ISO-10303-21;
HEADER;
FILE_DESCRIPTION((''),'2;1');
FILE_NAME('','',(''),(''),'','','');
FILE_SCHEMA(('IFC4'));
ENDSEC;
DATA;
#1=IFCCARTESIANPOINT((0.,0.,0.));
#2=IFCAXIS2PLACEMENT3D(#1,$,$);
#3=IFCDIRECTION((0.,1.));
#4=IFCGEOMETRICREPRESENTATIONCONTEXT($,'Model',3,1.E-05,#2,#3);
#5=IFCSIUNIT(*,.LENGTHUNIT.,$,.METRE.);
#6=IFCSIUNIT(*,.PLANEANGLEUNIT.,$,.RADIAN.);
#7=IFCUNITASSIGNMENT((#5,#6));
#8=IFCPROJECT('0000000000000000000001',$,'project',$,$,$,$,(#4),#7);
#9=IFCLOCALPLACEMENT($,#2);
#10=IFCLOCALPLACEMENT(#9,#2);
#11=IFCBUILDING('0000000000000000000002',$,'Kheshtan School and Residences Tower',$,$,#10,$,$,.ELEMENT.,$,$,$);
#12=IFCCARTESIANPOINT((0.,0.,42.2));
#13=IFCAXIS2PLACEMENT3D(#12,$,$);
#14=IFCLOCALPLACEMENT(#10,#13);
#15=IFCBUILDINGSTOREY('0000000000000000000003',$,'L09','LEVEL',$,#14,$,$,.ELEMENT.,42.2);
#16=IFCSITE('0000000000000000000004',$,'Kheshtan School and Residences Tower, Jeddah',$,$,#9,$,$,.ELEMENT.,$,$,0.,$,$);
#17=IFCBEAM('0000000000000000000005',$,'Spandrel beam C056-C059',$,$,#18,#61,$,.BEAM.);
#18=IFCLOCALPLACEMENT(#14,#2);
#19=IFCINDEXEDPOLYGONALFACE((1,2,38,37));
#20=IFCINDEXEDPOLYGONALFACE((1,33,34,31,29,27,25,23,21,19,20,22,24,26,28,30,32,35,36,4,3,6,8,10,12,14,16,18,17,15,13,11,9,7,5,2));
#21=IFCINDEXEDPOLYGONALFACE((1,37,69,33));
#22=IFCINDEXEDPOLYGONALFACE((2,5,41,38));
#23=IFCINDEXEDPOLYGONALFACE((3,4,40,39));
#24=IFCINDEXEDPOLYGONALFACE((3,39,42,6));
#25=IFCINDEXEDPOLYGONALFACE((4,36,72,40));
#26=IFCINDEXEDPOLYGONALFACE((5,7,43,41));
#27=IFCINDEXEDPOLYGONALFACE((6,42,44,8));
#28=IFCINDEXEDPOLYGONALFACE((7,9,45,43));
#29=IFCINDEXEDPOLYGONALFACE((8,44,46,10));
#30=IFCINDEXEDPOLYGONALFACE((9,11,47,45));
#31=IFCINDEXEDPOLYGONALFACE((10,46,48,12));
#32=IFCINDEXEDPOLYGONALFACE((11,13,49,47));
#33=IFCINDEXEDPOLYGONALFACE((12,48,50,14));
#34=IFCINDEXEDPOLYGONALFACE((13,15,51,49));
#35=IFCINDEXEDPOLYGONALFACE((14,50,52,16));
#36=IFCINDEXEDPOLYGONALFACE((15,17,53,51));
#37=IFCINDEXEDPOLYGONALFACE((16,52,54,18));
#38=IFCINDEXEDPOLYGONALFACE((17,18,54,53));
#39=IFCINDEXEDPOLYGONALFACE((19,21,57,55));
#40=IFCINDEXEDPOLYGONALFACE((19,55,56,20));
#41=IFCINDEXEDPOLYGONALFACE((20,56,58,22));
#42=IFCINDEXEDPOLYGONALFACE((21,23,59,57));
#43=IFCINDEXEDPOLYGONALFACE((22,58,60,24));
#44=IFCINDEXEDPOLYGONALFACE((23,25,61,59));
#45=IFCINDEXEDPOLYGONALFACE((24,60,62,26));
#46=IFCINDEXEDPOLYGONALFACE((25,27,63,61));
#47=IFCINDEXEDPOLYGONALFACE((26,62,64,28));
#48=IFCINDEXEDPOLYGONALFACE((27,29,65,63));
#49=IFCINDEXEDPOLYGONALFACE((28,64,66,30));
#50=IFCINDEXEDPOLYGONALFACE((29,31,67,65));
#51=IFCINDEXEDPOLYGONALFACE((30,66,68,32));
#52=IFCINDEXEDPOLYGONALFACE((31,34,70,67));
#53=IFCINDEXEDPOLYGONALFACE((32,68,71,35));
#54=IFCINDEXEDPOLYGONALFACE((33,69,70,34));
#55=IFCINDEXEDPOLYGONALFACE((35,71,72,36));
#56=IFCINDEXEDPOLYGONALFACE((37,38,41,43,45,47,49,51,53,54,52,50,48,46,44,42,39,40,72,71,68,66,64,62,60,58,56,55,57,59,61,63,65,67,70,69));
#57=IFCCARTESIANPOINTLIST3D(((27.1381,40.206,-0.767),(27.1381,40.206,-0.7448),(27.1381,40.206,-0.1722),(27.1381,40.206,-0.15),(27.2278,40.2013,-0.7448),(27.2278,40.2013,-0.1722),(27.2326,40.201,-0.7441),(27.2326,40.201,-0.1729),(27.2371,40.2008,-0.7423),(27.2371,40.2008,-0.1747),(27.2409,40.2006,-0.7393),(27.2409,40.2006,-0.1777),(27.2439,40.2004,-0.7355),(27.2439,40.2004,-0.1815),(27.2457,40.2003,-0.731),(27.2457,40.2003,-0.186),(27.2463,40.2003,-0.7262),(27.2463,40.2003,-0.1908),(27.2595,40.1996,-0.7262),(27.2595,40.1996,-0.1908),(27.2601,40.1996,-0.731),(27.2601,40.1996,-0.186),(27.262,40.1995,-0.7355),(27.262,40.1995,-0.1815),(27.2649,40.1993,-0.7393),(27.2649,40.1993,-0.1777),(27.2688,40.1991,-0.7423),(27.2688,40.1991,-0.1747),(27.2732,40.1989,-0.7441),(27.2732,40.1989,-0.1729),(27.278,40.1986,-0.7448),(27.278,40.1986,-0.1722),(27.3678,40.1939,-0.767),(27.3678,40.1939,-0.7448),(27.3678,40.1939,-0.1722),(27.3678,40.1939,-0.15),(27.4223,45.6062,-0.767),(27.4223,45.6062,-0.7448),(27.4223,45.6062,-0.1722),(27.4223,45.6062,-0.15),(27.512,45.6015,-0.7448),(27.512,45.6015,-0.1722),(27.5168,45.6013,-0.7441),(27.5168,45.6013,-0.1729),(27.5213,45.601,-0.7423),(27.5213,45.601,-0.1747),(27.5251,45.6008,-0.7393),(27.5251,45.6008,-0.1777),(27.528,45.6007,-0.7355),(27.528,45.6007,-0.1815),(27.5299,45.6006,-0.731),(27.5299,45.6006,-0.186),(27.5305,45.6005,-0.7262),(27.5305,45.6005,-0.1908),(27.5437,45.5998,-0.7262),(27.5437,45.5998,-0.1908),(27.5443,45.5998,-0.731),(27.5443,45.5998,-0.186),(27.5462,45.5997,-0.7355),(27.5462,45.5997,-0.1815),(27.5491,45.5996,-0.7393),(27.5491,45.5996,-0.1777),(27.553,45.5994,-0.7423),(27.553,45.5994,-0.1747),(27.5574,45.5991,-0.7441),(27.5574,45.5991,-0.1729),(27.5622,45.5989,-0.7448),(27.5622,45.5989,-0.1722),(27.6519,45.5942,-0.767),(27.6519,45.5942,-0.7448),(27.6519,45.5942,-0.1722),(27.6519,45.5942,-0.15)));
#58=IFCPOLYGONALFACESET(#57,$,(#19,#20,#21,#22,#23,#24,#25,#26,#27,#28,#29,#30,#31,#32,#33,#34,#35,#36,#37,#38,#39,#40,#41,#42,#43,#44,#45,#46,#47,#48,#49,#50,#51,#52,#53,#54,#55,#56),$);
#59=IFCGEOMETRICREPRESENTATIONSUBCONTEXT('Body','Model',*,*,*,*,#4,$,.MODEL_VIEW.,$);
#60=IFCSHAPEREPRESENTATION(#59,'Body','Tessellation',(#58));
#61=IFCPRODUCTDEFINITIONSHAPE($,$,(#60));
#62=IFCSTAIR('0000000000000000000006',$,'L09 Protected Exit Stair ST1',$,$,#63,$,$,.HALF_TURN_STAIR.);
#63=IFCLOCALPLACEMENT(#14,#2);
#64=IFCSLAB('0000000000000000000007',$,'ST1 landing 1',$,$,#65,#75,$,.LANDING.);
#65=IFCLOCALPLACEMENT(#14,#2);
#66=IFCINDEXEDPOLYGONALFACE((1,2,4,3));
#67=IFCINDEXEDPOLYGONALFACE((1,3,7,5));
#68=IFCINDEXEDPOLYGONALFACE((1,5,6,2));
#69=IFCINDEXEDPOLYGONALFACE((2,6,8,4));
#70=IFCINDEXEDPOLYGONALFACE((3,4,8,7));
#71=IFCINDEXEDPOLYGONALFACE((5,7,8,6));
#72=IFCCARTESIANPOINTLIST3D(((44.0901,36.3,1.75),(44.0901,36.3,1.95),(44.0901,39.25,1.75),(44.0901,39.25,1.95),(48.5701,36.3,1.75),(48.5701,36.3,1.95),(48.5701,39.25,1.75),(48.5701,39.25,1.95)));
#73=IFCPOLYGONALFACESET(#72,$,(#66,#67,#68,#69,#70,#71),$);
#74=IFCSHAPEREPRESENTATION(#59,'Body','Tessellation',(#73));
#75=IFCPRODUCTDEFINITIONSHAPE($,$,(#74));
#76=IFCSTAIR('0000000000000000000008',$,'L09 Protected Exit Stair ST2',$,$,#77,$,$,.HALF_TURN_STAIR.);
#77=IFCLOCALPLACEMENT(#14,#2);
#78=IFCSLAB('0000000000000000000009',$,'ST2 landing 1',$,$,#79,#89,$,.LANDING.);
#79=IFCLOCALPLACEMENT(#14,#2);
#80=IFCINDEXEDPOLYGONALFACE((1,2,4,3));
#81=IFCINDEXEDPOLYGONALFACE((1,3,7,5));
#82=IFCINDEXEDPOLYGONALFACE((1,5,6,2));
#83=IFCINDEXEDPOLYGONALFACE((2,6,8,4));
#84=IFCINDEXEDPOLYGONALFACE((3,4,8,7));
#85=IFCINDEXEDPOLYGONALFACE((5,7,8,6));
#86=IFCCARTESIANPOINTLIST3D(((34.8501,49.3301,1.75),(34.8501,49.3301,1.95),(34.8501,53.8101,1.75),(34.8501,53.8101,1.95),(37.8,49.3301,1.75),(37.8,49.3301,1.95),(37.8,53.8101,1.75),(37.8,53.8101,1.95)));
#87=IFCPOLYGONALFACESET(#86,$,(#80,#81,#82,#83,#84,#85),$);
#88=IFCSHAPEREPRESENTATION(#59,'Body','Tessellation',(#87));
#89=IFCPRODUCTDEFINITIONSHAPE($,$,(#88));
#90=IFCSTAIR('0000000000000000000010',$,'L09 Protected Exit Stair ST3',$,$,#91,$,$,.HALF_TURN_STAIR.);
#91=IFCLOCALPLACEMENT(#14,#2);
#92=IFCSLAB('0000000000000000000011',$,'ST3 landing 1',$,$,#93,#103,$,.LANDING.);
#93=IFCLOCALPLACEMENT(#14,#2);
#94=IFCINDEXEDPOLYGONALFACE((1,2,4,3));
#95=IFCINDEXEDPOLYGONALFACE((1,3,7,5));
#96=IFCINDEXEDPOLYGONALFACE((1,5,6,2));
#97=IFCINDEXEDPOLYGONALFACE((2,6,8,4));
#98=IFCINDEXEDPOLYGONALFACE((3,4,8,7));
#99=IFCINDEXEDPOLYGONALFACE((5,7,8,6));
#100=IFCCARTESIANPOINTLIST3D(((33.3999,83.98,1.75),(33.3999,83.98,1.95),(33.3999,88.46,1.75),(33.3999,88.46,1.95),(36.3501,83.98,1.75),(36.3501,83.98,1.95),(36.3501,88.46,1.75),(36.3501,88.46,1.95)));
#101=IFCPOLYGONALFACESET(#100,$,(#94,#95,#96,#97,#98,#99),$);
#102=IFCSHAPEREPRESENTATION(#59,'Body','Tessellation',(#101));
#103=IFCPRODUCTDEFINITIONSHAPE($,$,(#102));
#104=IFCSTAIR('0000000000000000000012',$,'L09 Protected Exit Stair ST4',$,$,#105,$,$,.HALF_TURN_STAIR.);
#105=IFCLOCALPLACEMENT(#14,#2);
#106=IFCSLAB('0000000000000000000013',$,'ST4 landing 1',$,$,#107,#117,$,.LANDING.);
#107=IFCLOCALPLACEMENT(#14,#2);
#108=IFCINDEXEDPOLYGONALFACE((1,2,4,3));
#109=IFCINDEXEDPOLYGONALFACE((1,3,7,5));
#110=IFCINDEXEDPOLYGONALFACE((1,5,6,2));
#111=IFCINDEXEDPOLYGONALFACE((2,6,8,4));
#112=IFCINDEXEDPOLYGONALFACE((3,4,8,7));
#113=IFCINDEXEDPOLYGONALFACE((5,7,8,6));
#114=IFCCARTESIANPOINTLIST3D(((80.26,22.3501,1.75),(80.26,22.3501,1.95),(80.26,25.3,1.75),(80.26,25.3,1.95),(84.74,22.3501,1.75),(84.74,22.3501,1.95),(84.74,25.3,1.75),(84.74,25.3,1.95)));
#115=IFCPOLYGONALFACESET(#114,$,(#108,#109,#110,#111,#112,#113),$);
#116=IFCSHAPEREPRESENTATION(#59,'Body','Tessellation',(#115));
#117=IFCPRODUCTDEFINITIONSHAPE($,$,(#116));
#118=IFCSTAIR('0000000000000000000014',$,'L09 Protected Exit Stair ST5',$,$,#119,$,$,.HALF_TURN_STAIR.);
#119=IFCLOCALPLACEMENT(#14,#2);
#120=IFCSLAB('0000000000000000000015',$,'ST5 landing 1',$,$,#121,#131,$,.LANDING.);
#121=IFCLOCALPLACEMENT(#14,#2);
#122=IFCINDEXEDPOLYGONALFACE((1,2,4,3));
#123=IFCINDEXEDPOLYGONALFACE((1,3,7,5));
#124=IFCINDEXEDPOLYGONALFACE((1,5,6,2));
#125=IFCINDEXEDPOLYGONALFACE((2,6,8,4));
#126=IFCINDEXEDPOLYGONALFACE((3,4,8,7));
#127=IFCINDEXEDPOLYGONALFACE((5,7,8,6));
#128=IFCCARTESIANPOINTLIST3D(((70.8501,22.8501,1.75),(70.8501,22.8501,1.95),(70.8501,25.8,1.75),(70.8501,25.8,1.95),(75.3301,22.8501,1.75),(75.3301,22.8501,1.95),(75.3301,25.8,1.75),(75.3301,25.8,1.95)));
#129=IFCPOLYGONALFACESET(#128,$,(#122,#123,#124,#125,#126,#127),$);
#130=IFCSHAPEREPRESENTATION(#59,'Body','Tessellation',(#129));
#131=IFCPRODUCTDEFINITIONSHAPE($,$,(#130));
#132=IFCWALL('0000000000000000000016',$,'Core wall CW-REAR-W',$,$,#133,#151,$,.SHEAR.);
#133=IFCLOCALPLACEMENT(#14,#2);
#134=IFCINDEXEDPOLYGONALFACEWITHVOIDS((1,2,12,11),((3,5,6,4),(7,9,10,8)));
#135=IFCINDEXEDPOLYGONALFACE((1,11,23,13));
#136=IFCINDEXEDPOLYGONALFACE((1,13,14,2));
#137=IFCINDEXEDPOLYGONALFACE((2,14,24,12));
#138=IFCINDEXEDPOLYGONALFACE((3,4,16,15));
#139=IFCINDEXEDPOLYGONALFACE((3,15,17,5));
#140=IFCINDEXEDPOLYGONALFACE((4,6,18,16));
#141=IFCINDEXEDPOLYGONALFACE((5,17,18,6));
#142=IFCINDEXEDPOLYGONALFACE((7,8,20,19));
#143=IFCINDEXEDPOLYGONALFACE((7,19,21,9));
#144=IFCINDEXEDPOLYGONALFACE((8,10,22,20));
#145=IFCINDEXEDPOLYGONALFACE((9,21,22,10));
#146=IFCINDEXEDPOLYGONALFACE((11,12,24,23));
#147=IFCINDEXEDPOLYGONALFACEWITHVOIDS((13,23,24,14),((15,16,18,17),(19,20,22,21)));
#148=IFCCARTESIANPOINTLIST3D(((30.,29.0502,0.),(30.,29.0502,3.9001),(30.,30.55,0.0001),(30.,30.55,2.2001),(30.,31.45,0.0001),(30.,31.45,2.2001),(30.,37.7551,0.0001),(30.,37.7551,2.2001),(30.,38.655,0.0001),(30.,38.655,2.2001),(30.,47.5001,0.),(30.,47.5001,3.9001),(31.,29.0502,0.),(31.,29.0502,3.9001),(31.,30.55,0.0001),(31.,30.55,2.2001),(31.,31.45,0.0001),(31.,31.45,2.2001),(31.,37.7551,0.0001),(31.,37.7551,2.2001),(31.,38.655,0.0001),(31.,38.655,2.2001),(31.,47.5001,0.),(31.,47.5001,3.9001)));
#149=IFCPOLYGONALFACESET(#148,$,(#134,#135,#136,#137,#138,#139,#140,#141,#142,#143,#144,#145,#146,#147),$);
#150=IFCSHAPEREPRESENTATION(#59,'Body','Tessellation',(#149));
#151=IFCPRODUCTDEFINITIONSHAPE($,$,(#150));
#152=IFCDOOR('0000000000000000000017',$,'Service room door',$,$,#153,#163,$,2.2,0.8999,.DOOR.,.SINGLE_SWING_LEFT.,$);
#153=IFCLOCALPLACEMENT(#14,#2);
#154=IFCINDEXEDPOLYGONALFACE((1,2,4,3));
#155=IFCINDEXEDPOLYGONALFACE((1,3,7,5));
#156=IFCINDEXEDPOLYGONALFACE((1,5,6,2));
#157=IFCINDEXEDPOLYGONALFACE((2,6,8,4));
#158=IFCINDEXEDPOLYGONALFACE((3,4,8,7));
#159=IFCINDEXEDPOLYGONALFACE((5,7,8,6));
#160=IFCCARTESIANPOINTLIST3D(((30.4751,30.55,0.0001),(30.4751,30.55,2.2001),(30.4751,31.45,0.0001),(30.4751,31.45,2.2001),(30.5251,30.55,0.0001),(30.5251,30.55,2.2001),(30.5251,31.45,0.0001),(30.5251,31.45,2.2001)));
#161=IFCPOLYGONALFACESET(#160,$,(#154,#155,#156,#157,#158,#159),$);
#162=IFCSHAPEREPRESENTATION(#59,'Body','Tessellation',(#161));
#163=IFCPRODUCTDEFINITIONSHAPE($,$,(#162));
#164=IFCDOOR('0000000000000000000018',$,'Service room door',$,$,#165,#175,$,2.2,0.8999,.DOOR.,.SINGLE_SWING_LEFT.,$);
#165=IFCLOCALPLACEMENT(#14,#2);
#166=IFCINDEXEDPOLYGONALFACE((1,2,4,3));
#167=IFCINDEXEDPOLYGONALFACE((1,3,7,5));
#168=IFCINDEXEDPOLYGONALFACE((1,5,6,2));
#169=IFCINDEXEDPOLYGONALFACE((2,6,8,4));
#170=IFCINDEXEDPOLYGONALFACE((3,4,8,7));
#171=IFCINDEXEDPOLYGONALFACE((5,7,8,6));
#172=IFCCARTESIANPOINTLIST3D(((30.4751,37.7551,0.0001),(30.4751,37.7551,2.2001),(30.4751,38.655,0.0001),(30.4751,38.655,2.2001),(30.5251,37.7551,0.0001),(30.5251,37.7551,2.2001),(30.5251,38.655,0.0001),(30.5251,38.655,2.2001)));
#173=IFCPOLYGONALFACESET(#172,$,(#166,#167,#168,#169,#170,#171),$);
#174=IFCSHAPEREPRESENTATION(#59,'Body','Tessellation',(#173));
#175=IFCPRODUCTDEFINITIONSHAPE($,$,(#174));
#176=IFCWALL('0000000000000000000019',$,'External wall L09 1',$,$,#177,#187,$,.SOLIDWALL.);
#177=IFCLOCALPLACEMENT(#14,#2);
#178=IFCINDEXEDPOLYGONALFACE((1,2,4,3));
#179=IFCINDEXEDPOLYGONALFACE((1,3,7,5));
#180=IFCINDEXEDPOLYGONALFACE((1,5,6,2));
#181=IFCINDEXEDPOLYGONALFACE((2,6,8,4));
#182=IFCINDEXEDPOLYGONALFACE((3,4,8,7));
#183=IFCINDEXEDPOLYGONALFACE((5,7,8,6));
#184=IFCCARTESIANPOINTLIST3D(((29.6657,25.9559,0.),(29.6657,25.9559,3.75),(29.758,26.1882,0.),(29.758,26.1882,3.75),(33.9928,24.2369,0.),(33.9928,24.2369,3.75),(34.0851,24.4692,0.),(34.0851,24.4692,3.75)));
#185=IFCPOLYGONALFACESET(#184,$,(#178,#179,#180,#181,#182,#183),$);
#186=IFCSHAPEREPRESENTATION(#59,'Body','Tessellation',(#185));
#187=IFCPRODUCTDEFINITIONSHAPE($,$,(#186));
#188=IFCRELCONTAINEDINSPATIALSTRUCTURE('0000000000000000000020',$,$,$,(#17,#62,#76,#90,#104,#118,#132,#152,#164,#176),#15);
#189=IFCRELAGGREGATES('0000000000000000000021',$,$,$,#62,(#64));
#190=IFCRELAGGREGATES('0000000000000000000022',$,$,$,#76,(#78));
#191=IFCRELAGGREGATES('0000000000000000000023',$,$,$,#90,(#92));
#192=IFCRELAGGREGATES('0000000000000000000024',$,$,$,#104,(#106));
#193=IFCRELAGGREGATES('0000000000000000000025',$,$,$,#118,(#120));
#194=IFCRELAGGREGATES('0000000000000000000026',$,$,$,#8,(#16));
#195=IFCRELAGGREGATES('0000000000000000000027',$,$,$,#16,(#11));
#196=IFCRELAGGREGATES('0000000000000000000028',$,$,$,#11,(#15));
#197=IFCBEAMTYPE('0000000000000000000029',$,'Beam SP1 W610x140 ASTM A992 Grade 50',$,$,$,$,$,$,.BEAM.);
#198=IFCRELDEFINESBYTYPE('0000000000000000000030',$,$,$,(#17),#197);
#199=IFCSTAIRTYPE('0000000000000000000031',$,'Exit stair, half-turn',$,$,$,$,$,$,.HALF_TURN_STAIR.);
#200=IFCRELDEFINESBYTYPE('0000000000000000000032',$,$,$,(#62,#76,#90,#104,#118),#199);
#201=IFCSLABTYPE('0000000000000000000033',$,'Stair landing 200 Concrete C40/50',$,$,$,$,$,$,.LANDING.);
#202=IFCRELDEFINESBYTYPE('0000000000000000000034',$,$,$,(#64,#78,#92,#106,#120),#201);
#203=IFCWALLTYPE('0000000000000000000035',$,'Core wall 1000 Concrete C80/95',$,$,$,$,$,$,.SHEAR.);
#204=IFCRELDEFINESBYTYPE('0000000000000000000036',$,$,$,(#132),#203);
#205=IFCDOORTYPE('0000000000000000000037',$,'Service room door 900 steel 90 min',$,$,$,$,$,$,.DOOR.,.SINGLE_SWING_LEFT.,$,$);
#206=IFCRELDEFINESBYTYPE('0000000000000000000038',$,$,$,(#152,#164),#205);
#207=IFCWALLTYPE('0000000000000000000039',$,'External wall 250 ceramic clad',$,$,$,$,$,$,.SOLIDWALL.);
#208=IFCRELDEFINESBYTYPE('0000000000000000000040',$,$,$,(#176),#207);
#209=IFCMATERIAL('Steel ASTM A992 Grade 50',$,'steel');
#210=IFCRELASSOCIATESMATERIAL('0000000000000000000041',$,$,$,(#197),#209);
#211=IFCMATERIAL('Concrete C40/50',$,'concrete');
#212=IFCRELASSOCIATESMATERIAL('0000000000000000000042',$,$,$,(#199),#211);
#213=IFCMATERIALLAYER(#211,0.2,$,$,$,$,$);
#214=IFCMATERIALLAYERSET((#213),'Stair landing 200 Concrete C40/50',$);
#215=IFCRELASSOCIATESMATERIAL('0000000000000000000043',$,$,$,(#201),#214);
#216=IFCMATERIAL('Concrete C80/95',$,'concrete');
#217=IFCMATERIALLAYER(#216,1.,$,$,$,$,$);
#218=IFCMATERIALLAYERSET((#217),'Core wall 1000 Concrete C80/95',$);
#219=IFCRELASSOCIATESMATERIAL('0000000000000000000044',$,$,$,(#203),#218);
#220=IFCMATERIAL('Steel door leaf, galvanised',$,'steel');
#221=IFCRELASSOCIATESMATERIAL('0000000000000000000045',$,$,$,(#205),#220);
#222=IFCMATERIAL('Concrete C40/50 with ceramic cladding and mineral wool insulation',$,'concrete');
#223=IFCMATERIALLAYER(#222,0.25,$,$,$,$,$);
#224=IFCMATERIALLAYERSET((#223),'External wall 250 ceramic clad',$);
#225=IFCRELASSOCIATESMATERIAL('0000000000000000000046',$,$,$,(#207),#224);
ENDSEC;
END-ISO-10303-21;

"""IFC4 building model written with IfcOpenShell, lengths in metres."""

from ifc_helpers import new_model, si_unit, direction, frame, frame_2d, origin, origin_2d, place, context, subcontext, project, spatial, polyline, rectangle, i_section, outline, extrude, source, transform, mapped, material, layer, layer_set, material_profile, profile_set, type_object, element, fill, aggregate, save


model = new_model("IFC4")

# Units and contexts
model_context = context("Model", 3, precision=1e-05, world=origin(), true_north=direction((0.0, 1.0)))
body_context = subcontext(model_context, "Body", "Model", "MODEL_VIEW")
ifc_project = project(units=[si_unit("LENGTHUNIT", "METRE"), si_unit("PLANEANGLEUNIT", "RADIAN")], contexts=[model_context])

# Site, building, storey
site_placement = place(None, origin())
site = spatial("IfcSite", under=ifc_project, at=site_placement, Name="Kheshtan School and Residences Tower, Jeddah", CompositionType="ELEMENT", RefElevation=0.0)
building_placement = place(site_placement, origin())
building = spatial("IfcBuilding", under=site, at=building_placement, Name="Kheshtan School and Residences Tower", CompositionType="ELEMENT")
storey_placement = place(building_placement, frame((0.0, 0.0, 42.2)))
storey = spatial("IfcBuildingStorey", under=building, at=storey_placement, Name="L09", Description="LEVEL", CompositionType="ELEMENT", Elevation=42.2)

# Shared definitions
ifc_material_1 = material(Name="Steel ASTM A992 Grade 50", Category="steel")

# Beam
ifc_material_profile_1 = material_profile(ifc_material_1, i_section(OverallWidth=0.23, OverallDepth=0.6169, WebThickness=0.0132, FlangeThickness=0.0222, FilletRadius=0.0186, at=origin_2d()), Name="W610x140")
ifc_profile_set_1 = profile_set([ifc_material_profile_1], Name="Steel ASTM A992 Grade 50")
beam_type_1 = type_object("IfcBeamType", Name="Beam SP1 W610x140 ASTM A992 Grade 50", PredefinedType="BEAM", material=ifc_profile_set_1)
beam_1_placement = place(storey_placement, frame((27.2529, 40.2, -0.4585), z_axis=(0.052552, 0.998618, 0.0), x_axis=(-0.998618, 0.052552, 0.0)))
element("IfcBeam", 1, at=beam_1_placement, inside=storey, type_object=beam_type_1, Name="Spandrel beam C056-C059", PredefinedType="BEAM", context=body_context, shape_type="SweptSolid", body=[
    extrude(i_section(OverallWidth=0.23, OverallDepth=0.6169, WebThickness=0.0132, FlangeThickness=0.0222, FilletRadius=0.0186, at=origin_2d()), origin(), (0.0, 0.0, 1.0), 5.4077),
])

# Shared definitions
ifc_material_2 = material(Name="Concrete C40/50", Category="concrete")

# Stairs, slabs
stair_type = type_object("IfcStairType", Name="Exit stair, half-turn", PredefinedType="HALF_TURN_STAIR", material=ifc_material_2)
stair_1_placement = place(storey_placement, origin())
stair_1 = element("IfcStair", 2, at=stair_1_placement, inside=storey, type_object=stair_type, Name="L09 Protected Exit Stair ST1", PredefinedType="HALF_TURN_STAIR")
ifc_layer_1 = layer(ifc_material_2, 0.2)
ifc_layer_set_1 = layer_set([ifc_layer_1], Name="Stair landing 200 Concrete C40/50")
slab_type_1 = type_object("IfcSlabType", Name="Stair landing 200 Concrete C40/50", PredefinedType="LANDING", material=ifc_layer_set_1)
slab_1_placement = place(storey_placement, frame((0.0, 0.0, 1.75)))
slab_1 = element("IfcSlab", 3, at=slab_1_placement, type_object=slab_type_1, Name="ST1 landing 1", PredefinedType="LANDING", context=body_context, shape_type="SweptSolid", body=[
    extrude(outline(polyline([(48.5701, 39.25), (44.0901, 39.25), (44.0901, 36.3), (48.5701, 36.3), (48.5701, 39.25)])), origin(), (0.0, 0.0, 1.0), 0.2),
])
aggregate(stair_1, [slab_1])
stair_2_placement = place(storey_placement, origin())
stair_2 = element("IfcStair", 4, at=stair_2_placement, inside=storey, type_object=stair_type, Name="L09 Protected Exit Stair ST2", PredefinedType="HALF_TURN_STAIR")
slab_2_placement = place(storey_placement, frame((0.0, 0.0, 1.75)))
slab_2 = element("IfcSlab", 5, at=slab_2_placement, type_object=slab_type_1, Name="ST2 landing 1", PredefinedType="LANDING", context=body_context, shape_type="SweptSolid", body=[
    extrude(outline(polyline([(37.8, 49.3301), (37.8, 53.8101), (34.8501, 53.8101), (34.8501, 49.3301), (37.8, 49.3301)])), origin(), (0.0, 0.0, 1.0), 0.2),
])
aggregate(stair_2, [slab_2])
stair_3_placement = place(storey_placement, origin())
stair_3 = element("IfcStair", 6, at=stair_3_placement, inside=storey, type_object=stair_type, Name="L09 Protected Exit Stair ST3", PredefinedType="HALF_TURN_STAIR")
slab_3_placement = place(storey_placement, frame((0.0, 0.0, 1.75)))
slab_3 = element("IfcSlab", 7, at=slab_3_placement, type_object=slab_type_1, Name="ST3 landing 1", PredefinedType="LANDING", context=body_context, shape_type="SweptSolid", body=[
    extrude(outline(polyline([(36.3501, 83.98), (36.3501, 88.46), (33.3999, 88.46), (33.3999, 83.98), (36.3501, 83.98)])), origin(), (0.0, 0.0, 1.0), 0.2),
])
aggregate(stair_3, [slab_3])
stair_4_placement = place(storey_placement, origin())
stair_4 = element("IfcStair", 8, at=stair_4_placement, inside=storey, type_object=stair_type, Name="L09 Protected Exit Stair ST4", PredefinedType="HALF_TURN_STAIR")
slab_4_placement = place(storey_placement, frame((0.0, 0.0, 1.75)))
slab_4 = element("IfcSlab", 9, at=slab_4_placement, type_object=slab_type_1, Name="ST4 landing 1", PredefinedType="LANDING", context=body_context, shape_type="SweptSolid", body=[
    extrude(outline(polyline([(84.74, 25.3), (80.26, 25.3), (80.26, 22.3501), (84.74, 22.3501), (84.74, 25.3)])), origin(), (0.0, 0.0, 1.0), 0.2),
])
aggregate(stair_4, [slab_4])
stair_5_placement = place(storey_placement, origin())
stair_5 = element("IfcStair", 10, at=stair_5_placement, inside=storey, type_object=stair_type, Name="L09 Protected Exit Stair ST5", PredefinedType="HALF_TURN_STAIR")
slab_5_placement = place(storey_placement, frame((0.0, 0.0, 1.75)))
slab_5 = element("IfcSlab", 11, at=slab_5_placement, type_object=slab_type_1, Name="ST5 landing 1", PredefinedType="LANDING", context=body_context, shape_type="SweptSolid", body=[
    extrude(outline(polyline([(75.3301, 25.8), (70.8501, 25.8), (70.8501, 22.8501), (75.3301, 22.8501), (75.3301, 25.8)])), origin(), (0.0, 0.0, 1.0), 0.2),
])
aggregate(stair_5, [slab_5])

# Wall, openings, doors
ifc_material_3 = material(Name="Concrete C80/95", Category="concrete")
ifc_layer_2 = layer(ifc_material_3, 1.0)
ifc_layer_set_2 = layer_set([ifc_layer_2], Name="Core wall 1000 Concrete C80/95")
wall_type_1 = type_object("IfcWallType", Name="Core wall 1000 Concrete C80/95", PredefinedType="SHEAR", material=ifc_layer_set_2)
wall_1_placement = place(storey_placement, frame((30.5, 29.05, 0.0), z_axis=(0.0, 0.0, 1.0), x_axis=(0.0, 1.0, 0.0)))
wall_1 = element("IfcWall", 12, at=wall_1_placement, inside=storey, type_object=wall_type_1, Name="Core wall CW-REAR-W", PredefinedType="SHEAR", context=body_context, shape_type="SweptSolid", body=[
    extrude(rectangle(XDim=18.45, YDim=1.0, at=frame_2d((9.2251, 0.0))), origin(), (0.0, 0.0, 1.0), 3.9001),
])
opening_1_placement = place(wall_1_placement, frame((1.5, 0.0, 0.0)))
opening_1 = element("IfcOpeningElement", 13, at=opening_1_placement, cuts=wall_1, PredefinedType="OPENING", context=body_context, shape_type="SweptSolid", body=[
    extrude(rectangle(XDim=0.8999, YDim=2.2, at=frame_2d((0.45, 1.1001))), frame((0.0, 0.51, 0.0), z_axis=(0.0, -1.0, 0.0), x_axis=(1.0, 0.0, 0.0)), (0.0, 0.0, 1.0), 1.02),
])
opening_2_placement = place(wall_1_placement, frame((8.7051, 0.0, 0.0)))
opening_2 = element("IfcOpeningElement", 14, at=opening_2_placement, cuts=wall_1, PredefinedType="OPENING", context=body_context, shape_type="SweptSolid", body=[
    extrude(rectangle(XDim=0.8999, YDim=2.2, at=frame_2d((0.45, 1.1001))), frame((0.0, 0.51, 0.0), z_axis=(0.0, -1.0, 0.0), x_axis=(1.0, 0.0, 0.0)), (0.0, 0.0, 1.0), 1.02),
])
ifc_material_4 = material(Name="Steel door leaf, galvanised", Category="steel")
door_type = type_object("IfcDoorType", Name="Service room door 900 steel 90 min", OperationType="SINGLE_SWING_LEFT", PredefinedType="DOOR", material=ifc_material_4)
shared_shape = source(origin(), body_context, "Body", "SweptSolid", [
    extrude(rectangle(XDim=0.8999, YDim=2.2, at=frame_2d((0.45, 1.1001))), frame((0.0, 0.0249, 0.0), z_axis=(0.0, -1.0, 0.0), x_axis=(1.0, 0.0, 0.0)), (0.0, 0.0, 1.0), 0.05),
])
door_1_placement = place(opening_1_placement, origin())
door_1 = element("IfcDoor", 15, at=door_1_placement, inside=storey, type_object=door_type, Name="Service room door", OperationType="SINGLE_SWING_LEFT", OverallHeight=2.2, OverallWidth=0.8999, PredefinedType="DOOR", context=body_context, shape_type="MappedRepresentation", body=[
    mapped(shared_shape, transform((0.0, 0.0, 0.0), x_axis=(1.0, 0.0, 0.0), y_axis=(0.0, 1.0, 0.0), z_axis=(0.0, 0.0, 1.0), scale=1.0)),
])
fill(opening_1, door_1)
door_2_placement = place(opening_2_placement, origin())
door_2 = element("IfcDoor", 16, at=door_2_placement, inside=storey, type_object=door_type, Name="Service room door", OperationType="SINGLE_SWING_LEFT", OverallHeight=2.2, OverallWidth=0.8999, PredefinedType="DOOR", context=body_context, shape_type="MappedRepresentation", body=[
    mapped(shared_shape, transform((0.0, 0.0, 0.0), x_axis=(1.0, 0.0, 0.0), y_axis=(0.0, 1.0, 0.0), z_axis=(0.0, 0.0, 1.0), scale=1.0)),
])
fill(opening_2, door_2)

# Wall
ifc_material_5 = material(Name="Concrete C40/50 with ceramic cladding and mineral wool insulation", Category="concrete")
ifc_layer_3 = layer(ifc_material_5, 0.25)
ifc_layer_set_3 = layer_set([ifc_layer_3], Name="External wall 250 ceramic clad")
wall_type_2 = type_object("IfcWallType", Name="External wall 250 ceramic clad", PredefinedType="SOLIDWALL", material=ifc_layer_set_3)
wall_2_placement = place(storey_placement, frame((34.0391, 24.353, 0.0), z_axis=(0.0, 0.0, 1.0), x_axis=(-0.929353, 0.369193, 0.0)))
element("IfcWall", 17, at=wall_2_placement, inside=storey, type_object=wall_type_2, Name="External wall L09 1", PredefinedType="SOLIDWALL", context=body_context, shape_type="SweptSolid", body=[
    extrude(rectangle(XDim=4.656, YDim=0.25, at=frame_2d((2.3281, 0.0))), origin(), (0.0, 0.0, 1.0), 3.75),
])

save(model, "model.ifc")
